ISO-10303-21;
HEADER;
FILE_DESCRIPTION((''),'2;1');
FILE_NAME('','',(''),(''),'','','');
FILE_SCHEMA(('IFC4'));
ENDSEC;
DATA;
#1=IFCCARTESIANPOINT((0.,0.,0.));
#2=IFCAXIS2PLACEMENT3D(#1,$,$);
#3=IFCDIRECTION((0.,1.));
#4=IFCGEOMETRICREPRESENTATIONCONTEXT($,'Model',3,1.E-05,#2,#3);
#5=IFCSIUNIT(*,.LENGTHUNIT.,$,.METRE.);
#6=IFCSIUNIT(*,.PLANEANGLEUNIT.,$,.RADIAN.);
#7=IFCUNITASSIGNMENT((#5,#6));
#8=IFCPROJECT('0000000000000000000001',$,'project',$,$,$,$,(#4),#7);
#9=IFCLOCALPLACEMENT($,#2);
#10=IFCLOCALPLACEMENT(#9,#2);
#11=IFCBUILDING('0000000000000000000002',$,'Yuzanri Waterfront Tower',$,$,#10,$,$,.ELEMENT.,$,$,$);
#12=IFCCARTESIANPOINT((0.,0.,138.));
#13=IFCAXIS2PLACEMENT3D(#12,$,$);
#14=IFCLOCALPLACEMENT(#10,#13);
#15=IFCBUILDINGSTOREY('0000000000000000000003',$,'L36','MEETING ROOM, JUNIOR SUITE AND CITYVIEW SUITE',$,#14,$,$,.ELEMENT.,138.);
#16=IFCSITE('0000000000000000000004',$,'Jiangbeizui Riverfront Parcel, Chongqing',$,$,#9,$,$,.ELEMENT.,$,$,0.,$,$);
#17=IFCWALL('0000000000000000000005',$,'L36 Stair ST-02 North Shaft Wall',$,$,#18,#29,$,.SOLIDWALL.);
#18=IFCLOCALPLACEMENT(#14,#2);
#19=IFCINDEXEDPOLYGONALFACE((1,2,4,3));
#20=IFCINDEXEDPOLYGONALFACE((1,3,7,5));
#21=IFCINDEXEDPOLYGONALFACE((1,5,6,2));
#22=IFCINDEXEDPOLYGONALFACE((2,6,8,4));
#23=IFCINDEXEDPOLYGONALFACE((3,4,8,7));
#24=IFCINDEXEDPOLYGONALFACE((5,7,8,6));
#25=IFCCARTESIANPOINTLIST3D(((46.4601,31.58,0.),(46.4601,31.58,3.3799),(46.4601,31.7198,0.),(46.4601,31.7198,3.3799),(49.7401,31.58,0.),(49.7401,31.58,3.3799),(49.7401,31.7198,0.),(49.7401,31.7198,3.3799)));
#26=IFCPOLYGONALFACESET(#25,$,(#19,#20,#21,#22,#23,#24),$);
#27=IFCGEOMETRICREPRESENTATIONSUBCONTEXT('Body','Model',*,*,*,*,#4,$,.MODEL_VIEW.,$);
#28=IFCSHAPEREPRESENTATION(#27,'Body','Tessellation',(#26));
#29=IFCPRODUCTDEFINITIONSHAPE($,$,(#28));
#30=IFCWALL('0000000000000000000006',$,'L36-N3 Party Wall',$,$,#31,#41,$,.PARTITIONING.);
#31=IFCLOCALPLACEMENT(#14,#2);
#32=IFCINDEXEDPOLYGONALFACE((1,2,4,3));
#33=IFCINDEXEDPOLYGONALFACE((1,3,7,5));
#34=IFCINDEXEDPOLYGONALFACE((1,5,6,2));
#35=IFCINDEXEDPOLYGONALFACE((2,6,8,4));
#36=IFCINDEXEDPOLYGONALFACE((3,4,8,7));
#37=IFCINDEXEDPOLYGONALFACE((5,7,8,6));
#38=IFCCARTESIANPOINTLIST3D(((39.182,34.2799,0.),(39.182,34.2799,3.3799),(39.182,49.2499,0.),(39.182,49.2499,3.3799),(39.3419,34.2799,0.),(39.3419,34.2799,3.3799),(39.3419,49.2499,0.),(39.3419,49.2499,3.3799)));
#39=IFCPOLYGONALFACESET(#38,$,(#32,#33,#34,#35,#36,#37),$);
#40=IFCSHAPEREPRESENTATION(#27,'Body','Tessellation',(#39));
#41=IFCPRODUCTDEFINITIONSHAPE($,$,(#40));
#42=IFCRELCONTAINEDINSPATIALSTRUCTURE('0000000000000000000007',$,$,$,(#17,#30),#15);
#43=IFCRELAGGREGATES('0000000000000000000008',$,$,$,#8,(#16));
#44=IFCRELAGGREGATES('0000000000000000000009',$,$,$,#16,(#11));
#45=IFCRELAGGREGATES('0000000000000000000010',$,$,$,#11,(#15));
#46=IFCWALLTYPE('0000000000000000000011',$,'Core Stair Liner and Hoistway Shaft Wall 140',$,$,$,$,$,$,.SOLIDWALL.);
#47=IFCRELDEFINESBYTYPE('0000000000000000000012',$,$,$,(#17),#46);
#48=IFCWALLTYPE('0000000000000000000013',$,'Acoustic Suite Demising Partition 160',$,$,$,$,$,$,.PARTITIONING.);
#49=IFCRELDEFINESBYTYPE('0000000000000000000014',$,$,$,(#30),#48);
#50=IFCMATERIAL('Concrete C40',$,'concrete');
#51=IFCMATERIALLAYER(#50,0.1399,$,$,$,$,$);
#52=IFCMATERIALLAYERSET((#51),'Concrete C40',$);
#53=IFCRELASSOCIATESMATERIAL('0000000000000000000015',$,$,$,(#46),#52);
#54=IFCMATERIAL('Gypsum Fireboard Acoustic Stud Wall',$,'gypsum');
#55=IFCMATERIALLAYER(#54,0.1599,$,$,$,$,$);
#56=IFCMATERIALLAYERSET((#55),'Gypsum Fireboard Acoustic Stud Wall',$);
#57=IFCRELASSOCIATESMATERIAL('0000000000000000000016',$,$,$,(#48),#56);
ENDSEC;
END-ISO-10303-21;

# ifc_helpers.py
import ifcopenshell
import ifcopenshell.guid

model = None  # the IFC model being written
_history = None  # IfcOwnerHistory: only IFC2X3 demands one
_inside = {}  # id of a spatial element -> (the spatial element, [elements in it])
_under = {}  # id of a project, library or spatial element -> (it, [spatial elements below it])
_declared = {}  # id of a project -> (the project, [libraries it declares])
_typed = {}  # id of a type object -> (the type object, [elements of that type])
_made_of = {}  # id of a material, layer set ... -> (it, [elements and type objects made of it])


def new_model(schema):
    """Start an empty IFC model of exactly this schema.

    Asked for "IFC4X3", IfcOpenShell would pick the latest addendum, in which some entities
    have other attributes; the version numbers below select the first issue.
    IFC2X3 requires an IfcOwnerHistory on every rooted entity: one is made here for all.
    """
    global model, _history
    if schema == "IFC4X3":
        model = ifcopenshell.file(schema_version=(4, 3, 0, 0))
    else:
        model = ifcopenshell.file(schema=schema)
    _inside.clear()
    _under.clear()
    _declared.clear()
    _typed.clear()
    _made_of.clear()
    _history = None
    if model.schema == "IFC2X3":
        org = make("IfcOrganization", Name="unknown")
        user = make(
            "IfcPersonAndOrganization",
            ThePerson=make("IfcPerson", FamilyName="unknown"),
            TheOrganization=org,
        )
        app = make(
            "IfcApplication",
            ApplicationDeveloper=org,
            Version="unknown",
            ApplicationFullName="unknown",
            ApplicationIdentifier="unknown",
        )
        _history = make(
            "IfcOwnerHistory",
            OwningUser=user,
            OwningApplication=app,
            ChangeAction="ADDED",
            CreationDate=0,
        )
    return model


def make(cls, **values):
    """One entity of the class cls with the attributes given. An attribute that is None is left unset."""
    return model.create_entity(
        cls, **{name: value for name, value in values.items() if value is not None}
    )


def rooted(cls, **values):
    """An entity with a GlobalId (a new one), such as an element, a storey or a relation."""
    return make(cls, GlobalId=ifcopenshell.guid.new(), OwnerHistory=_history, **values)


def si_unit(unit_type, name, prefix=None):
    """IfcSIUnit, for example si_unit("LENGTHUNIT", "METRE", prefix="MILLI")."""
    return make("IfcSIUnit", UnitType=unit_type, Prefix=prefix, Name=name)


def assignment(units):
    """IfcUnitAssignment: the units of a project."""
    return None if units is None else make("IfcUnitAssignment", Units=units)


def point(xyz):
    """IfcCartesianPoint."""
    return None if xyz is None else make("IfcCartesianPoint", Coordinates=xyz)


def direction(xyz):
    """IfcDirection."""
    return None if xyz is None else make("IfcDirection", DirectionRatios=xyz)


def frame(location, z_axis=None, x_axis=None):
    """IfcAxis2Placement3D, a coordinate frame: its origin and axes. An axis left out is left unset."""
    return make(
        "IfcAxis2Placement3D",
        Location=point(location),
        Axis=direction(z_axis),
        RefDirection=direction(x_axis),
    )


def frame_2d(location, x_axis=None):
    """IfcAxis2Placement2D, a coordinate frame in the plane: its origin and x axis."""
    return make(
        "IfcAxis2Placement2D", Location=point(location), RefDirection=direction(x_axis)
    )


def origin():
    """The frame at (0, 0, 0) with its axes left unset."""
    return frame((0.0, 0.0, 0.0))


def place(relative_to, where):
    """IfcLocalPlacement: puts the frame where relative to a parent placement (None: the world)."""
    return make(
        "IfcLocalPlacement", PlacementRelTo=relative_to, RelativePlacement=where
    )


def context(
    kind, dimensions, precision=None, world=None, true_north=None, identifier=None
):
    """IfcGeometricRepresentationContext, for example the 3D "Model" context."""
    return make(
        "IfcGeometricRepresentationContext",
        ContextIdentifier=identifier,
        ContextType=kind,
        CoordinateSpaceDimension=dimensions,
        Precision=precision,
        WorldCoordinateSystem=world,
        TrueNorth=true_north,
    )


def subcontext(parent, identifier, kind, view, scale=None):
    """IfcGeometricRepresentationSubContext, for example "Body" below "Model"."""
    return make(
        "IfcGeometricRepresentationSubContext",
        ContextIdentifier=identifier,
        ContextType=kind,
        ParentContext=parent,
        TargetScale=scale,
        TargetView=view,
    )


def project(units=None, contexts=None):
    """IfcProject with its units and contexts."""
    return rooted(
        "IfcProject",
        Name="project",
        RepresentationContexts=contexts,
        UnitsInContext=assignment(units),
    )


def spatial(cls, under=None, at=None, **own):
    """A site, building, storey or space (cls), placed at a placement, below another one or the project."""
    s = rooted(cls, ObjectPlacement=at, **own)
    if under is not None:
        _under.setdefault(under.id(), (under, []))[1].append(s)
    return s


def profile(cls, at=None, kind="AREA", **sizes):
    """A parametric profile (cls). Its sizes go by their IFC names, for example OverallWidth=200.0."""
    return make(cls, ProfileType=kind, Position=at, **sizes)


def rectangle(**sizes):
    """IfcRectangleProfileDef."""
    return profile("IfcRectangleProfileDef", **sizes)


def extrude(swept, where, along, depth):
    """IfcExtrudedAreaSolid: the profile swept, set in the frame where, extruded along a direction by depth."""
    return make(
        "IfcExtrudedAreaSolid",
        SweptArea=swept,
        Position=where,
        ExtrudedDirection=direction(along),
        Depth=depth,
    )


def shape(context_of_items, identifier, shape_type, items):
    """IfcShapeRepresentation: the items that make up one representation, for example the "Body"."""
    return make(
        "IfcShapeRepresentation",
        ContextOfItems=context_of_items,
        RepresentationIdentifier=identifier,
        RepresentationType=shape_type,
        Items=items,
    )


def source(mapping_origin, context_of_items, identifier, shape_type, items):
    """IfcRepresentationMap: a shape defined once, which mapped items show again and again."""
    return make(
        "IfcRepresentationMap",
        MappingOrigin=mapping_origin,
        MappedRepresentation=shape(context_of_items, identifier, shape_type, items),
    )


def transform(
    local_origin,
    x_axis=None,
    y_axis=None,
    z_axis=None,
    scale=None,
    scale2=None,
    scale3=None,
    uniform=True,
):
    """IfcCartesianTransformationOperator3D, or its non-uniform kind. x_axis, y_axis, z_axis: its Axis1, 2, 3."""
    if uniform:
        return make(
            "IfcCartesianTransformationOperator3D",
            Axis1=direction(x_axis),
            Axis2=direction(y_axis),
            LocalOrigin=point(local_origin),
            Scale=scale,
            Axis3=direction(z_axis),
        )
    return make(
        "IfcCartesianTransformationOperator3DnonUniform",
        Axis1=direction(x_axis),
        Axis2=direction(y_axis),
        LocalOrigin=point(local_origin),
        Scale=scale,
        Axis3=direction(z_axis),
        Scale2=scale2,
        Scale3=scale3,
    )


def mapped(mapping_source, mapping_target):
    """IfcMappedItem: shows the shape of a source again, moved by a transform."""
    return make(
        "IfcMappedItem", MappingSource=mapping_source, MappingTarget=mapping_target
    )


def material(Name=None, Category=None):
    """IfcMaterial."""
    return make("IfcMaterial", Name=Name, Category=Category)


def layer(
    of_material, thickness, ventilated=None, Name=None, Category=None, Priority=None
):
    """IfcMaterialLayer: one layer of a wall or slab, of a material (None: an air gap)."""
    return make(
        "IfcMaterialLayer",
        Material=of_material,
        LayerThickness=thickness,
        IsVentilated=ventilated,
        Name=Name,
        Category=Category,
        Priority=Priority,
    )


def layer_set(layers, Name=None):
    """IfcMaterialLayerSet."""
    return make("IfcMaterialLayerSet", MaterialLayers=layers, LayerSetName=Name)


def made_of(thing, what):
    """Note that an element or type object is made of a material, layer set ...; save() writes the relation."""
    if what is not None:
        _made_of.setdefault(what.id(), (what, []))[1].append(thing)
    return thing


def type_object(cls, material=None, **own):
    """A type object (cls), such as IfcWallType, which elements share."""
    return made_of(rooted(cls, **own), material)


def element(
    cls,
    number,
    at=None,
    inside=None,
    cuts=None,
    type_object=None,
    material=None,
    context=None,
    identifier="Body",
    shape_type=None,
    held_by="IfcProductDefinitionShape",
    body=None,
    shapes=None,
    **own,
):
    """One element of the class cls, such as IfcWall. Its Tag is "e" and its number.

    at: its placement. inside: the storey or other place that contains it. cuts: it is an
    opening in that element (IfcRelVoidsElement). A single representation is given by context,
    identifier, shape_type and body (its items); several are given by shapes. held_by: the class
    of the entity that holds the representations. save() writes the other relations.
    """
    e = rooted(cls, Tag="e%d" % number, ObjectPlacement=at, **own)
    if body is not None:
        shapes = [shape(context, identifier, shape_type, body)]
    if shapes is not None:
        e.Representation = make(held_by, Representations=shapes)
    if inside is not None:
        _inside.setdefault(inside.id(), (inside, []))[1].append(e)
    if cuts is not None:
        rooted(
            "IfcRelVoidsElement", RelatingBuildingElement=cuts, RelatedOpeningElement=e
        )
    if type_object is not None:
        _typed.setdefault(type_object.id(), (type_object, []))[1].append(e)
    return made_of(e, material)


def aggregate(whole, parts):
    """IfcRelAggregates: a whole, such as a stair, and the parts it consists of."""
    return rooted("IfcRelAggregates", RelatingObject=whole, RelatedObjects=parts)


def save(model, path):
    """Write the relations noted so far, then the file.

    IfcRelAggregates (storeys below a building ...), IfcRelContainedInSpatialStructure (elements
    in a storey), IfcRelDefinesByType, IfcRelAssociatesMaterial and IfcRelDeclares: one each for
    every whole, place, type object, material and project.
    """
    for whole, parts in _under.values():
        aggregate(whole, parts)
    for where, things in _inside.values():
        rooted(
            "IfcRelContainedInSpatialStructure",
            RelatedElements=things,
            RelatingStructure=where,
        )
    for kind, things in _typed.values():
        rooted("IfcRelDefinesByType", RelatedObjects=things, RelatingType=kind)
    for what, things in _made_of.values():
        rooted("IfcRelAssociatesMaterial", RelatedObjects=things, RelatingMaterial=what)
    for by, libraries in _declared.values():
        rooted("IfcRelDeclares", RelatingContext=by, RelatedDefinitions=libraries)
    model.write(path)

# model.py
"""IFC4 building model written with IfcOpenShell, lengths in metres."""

from ifc_helpers import new_model, si_unit, direction, frame, frame_2d, origin, place, context, subcontext, project, spatial, rectangle, extrude, source, transform, mapped, material, layer, layer_set, type_object, element, save


model = new_model("IFC4")

# Units and contexts
model_context = context("Model", 3, precision=1e-05, world=origin(), true_north=direction((0.0, 1.0)))
body_context = subcontext(model_context, "Body", "Model", "MODEL_VIEW")
ifc_project = project(units=[si_unit("LENGTHUNIT", "METRE"), si_unit("PLANEANGLEUNIT", "RADIAN")], contexts=[model_context])

# Site, building, storey
site_placement = place(None, origin())
site = spatial("IfcSite", under=ifc_project, at=site_placement, Name="Jiangbeizui Riverfront Parcel, Chongqing", CompositionType="ELEMENT", RefElevation=0.0)
building_placement = place(site_placement, origin())
building = spatial("IfcBuilding", under=site, at=building_placement, Name="Yuzanri Waterfront Tower", CompositionType="ELEMENT")
storey_placement = place(building_placement, frame((0.0, 0.0, 138.0)))
storey = spatial("IfcBuildingStorey", under=building, at=storey_placement, Name="L36", Description="MEETING ROOM, JUNIOR SUITE AND CITYVIEW SUITE", CompositionType="ELEMENT", Elevation=138.0)

# Walls
ifc_material_1 = material(Name="Concrete C40", Category="concrete")
ifc_layer_1 = layer(ifc_material_1, 0.1399)
ifc_layer_set_1 = layer_set([ifc_layer_1], Name="Concrete C40")
wall_type_1 = type_object("IfcWallType", Name="Core Stair Liner and Hoistway Shaft Wall 140", PredefinedType="SOLIDWALL", material=ifc_layer_set_1)
shared_shape_1 = source(origin(), body_context, "Body", "SweptSolid", [
    extrude(rectangle(XDim=3.28, YDim=0.1399, at=frame_2d((1.6401, 0.0))), origin(), (0.0, 0.0, 1.0), 3.3799),
])
wall_1_placement = place(storey_placement, frame((46.46, 31.6499, 0.0), z_axis=(0.0, 0.0, 1.0), x_axis=(1.0, 0.0, 0.0)))
element("IfcWall", 1, at=wall_1_placement, inside=storey, type_object=wall_type_1, Name="L36 Stair ST-02 North Shaft Wall", PredefinedType="SOLIDWALL", context=body_context, shape_type="MappedRepresentation", body=[
    mapped(shared_shape_1, transform((0.0, 0.0, 0.0), scale=1.0)),
])
ifc_material_2 = material(Name="Gypsum Fireboard Acoustic Stud Wall", Category="gypsum")
ifc_layer_2 = layer(ifc_material_2, 0.1599)
ifc_layer_set_2 = layer_set([ifc_layer_2], Name="Gypsum Fireboard Acoustic Stud Wall")
wall_type_2 = type_object("IfcWallType", Name="Acoustic Suite Demising Partition 160", PredefinedType="PARTITIONING", material=ifc_layer_set_2)
shared_shape_2 = source(origin(), body_context, "Body", "SweptSolid", [
    extrude(rectangle(XDim=14.97, YDim=0.1599, at=frame_2d((7.4849, 0.0))), origin(), (0.0, 0.0, 1.0), 3.3799),
])
wall_2_placement = place(storey_placement, frame((39.262, 34.28, 0.0), z_axis=(0.0, 0.0, 1.0), x_axis=(0.0, 1.0, 0.0)))
element("IfcWall", 2, at=wall_2_placement, inside=storey, type_object=wall_type_2, Name="L36-N3 Party Wall", PredefinedType="PARTITIONING", context=body_context, shape_type="MappedRepresentation", body=[
    mapped(shared_shape_2, transform((0.0, 0.0, 0.0), scale=1.0)),
])

save(model, "model.ifc")
